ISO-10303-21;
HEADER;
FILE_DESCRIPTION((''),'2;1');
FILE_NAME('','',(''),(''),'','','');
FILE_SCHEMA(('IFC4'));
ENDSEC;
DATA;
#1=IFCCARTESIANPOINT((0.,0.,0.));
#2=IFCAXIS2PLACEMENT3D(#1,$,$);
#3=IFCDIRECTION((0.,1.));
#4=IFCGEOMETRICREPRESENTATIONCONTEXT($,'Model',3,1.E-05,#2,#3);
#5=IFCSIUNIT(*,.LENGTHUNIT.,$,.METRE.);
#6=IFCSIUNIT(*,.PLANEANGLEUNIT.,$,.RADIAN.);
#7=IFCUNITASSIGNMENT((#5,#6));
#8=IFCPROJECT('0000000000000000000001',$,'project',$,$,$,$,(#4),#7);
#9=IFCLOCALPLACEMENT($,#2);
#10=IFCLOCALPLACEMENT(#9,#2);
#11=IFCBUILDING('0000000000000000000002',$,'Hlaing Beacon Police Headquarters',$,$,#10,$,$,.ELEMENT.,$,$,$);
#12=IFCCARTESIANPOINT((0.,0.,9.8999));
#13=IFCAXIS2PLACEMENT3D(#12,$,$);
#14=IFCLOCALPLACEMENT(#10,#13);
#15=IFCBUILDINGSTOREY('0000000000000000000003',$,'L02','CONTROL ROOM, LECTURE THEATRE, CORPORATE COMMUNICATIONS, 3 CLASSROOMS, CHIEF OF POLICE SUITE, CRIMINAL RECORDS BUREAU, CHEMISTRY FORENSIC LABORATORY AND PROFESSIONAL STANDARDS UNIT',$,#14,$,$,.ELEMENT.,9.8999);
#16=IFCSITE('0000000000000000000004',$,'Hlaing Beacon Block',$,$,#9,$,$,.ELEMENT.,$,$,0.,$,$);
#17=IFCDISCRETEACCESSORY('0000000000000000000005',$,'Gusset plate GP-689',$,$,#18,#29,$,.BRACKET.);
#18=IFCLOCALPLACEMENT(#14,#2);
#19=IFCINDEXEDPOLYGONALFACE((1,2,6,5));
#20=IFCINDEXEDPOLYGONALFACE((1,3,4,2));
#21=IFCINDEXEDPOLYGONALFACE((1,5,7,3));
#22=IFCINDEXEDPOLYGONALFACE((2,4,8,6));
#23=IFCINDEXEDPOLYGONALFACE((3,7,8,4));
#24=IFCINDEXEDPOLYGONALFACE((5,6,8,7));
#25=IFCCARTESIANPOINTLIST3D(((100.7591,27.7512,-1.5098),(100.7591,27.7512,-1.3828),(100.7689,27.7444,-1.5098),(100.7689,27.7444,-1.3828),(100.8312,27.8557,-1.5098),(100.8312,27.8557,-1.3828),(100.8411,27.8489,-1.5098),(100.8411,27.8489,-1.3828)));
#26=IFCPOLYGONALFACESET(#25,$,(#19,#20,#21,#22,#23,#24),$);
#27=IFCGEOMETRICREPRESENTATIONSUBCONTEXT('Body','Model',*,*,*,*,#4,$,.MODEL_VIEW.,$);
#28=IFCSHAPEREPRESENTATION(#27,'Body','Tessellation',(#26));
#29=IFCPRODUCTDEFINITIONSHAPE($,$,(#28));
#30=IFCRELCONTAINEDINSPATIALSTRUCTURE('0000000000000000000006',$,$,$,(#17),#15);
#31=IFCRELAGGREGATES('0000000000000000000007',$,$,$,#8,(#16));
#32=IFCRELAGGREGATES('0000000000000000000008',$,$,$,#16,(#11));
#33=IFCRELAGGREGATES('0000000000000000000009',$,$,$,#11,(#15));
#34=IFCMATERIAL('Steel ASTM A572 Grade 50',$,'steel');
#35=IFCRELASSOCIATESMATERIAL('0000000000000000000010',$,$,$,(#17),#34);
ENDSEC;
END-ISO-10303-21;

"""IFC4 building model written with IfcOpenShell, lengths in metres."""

from ifc_helpers import new_model, si_unit, direction, frame, origin, origin_2d, place, context, subcontext, project, spatial, rectangle, extrude, material, element, save


model = new_model("IFC4")

# Units and contexts
model_context = context("Model", 3, precision=1e-05, world=origin(), true_north=direction((0.0, 1.0)))
body_context = subcontext(model_context, "Body", "Model", "MODEL_VIEW")
ifc_project = project(units=[si_unit("LENGTHUNIT", "METRE"), si_unit("PLANEANGLEUNIT", "RADIAN")], contexts=[model_context])

# Site, building, storey
site_placement = place(None, origin())
site = spatial("IfcSite", under=ifc_project, at=site_placement, Name="Hlaing Beacon Block", CompositionType="ELEMENT", RefElevation=0.0)
building_placement = place(site_placement, origin())
building = spatial("IfcBuilding", under=site, at=building_placement, Name="Hlaing Beacon Police Headquarters", CompositionType="ELEMENT")
storey_placement = place(building_placement, frame((0.0, 0.0, 9.8999)))
storey = spatial("IfcBuildingStorey", under=building, at=storey_placement, Name="L02", Description="CONTROL ROOM, LECTURE THEATRE, CORPORATE COMMUNICATIONS, 3 CLASSROOMS, CHIEF OF POLICE SUITE, CRIMINAL RECORDS BUREAU, CHEMISTRY FORENSIC LABORATORY AND PROFESSIONAL STANDARDS UNIT", CompositionType="ELEMENT", Elevation=9.8999)

# Discrete accessory
ifc_material_1 = material(Name="Steel ASTM A572 Grade 50", Category="steel")
for number, where, z_axis, x_axis, name in (
    (1, (100.7952, 27.8035, -1.4463), (0.822899, -0.568187, 0.0), (0.568187, 0.822899, 0.0), "Gusset plate GP-689"),
):
    element("IfcDiscreteAccessory", number, at=place(storey_placement, frame(where, z_axis=z_axis, x_axis=x_axis)), inside=storey, material=ifc_material_1, Name=name, PredefinedType="BRACKET", context=body_context, shape_type="SweptSolid", body=[
        extrude(rectangle(XDim=0.127, YDim=0.127, at=origin_2d()), origin(), (0.0, 0.0, 1.0), 0.012),
    ])

save(model, "model.ifc")
